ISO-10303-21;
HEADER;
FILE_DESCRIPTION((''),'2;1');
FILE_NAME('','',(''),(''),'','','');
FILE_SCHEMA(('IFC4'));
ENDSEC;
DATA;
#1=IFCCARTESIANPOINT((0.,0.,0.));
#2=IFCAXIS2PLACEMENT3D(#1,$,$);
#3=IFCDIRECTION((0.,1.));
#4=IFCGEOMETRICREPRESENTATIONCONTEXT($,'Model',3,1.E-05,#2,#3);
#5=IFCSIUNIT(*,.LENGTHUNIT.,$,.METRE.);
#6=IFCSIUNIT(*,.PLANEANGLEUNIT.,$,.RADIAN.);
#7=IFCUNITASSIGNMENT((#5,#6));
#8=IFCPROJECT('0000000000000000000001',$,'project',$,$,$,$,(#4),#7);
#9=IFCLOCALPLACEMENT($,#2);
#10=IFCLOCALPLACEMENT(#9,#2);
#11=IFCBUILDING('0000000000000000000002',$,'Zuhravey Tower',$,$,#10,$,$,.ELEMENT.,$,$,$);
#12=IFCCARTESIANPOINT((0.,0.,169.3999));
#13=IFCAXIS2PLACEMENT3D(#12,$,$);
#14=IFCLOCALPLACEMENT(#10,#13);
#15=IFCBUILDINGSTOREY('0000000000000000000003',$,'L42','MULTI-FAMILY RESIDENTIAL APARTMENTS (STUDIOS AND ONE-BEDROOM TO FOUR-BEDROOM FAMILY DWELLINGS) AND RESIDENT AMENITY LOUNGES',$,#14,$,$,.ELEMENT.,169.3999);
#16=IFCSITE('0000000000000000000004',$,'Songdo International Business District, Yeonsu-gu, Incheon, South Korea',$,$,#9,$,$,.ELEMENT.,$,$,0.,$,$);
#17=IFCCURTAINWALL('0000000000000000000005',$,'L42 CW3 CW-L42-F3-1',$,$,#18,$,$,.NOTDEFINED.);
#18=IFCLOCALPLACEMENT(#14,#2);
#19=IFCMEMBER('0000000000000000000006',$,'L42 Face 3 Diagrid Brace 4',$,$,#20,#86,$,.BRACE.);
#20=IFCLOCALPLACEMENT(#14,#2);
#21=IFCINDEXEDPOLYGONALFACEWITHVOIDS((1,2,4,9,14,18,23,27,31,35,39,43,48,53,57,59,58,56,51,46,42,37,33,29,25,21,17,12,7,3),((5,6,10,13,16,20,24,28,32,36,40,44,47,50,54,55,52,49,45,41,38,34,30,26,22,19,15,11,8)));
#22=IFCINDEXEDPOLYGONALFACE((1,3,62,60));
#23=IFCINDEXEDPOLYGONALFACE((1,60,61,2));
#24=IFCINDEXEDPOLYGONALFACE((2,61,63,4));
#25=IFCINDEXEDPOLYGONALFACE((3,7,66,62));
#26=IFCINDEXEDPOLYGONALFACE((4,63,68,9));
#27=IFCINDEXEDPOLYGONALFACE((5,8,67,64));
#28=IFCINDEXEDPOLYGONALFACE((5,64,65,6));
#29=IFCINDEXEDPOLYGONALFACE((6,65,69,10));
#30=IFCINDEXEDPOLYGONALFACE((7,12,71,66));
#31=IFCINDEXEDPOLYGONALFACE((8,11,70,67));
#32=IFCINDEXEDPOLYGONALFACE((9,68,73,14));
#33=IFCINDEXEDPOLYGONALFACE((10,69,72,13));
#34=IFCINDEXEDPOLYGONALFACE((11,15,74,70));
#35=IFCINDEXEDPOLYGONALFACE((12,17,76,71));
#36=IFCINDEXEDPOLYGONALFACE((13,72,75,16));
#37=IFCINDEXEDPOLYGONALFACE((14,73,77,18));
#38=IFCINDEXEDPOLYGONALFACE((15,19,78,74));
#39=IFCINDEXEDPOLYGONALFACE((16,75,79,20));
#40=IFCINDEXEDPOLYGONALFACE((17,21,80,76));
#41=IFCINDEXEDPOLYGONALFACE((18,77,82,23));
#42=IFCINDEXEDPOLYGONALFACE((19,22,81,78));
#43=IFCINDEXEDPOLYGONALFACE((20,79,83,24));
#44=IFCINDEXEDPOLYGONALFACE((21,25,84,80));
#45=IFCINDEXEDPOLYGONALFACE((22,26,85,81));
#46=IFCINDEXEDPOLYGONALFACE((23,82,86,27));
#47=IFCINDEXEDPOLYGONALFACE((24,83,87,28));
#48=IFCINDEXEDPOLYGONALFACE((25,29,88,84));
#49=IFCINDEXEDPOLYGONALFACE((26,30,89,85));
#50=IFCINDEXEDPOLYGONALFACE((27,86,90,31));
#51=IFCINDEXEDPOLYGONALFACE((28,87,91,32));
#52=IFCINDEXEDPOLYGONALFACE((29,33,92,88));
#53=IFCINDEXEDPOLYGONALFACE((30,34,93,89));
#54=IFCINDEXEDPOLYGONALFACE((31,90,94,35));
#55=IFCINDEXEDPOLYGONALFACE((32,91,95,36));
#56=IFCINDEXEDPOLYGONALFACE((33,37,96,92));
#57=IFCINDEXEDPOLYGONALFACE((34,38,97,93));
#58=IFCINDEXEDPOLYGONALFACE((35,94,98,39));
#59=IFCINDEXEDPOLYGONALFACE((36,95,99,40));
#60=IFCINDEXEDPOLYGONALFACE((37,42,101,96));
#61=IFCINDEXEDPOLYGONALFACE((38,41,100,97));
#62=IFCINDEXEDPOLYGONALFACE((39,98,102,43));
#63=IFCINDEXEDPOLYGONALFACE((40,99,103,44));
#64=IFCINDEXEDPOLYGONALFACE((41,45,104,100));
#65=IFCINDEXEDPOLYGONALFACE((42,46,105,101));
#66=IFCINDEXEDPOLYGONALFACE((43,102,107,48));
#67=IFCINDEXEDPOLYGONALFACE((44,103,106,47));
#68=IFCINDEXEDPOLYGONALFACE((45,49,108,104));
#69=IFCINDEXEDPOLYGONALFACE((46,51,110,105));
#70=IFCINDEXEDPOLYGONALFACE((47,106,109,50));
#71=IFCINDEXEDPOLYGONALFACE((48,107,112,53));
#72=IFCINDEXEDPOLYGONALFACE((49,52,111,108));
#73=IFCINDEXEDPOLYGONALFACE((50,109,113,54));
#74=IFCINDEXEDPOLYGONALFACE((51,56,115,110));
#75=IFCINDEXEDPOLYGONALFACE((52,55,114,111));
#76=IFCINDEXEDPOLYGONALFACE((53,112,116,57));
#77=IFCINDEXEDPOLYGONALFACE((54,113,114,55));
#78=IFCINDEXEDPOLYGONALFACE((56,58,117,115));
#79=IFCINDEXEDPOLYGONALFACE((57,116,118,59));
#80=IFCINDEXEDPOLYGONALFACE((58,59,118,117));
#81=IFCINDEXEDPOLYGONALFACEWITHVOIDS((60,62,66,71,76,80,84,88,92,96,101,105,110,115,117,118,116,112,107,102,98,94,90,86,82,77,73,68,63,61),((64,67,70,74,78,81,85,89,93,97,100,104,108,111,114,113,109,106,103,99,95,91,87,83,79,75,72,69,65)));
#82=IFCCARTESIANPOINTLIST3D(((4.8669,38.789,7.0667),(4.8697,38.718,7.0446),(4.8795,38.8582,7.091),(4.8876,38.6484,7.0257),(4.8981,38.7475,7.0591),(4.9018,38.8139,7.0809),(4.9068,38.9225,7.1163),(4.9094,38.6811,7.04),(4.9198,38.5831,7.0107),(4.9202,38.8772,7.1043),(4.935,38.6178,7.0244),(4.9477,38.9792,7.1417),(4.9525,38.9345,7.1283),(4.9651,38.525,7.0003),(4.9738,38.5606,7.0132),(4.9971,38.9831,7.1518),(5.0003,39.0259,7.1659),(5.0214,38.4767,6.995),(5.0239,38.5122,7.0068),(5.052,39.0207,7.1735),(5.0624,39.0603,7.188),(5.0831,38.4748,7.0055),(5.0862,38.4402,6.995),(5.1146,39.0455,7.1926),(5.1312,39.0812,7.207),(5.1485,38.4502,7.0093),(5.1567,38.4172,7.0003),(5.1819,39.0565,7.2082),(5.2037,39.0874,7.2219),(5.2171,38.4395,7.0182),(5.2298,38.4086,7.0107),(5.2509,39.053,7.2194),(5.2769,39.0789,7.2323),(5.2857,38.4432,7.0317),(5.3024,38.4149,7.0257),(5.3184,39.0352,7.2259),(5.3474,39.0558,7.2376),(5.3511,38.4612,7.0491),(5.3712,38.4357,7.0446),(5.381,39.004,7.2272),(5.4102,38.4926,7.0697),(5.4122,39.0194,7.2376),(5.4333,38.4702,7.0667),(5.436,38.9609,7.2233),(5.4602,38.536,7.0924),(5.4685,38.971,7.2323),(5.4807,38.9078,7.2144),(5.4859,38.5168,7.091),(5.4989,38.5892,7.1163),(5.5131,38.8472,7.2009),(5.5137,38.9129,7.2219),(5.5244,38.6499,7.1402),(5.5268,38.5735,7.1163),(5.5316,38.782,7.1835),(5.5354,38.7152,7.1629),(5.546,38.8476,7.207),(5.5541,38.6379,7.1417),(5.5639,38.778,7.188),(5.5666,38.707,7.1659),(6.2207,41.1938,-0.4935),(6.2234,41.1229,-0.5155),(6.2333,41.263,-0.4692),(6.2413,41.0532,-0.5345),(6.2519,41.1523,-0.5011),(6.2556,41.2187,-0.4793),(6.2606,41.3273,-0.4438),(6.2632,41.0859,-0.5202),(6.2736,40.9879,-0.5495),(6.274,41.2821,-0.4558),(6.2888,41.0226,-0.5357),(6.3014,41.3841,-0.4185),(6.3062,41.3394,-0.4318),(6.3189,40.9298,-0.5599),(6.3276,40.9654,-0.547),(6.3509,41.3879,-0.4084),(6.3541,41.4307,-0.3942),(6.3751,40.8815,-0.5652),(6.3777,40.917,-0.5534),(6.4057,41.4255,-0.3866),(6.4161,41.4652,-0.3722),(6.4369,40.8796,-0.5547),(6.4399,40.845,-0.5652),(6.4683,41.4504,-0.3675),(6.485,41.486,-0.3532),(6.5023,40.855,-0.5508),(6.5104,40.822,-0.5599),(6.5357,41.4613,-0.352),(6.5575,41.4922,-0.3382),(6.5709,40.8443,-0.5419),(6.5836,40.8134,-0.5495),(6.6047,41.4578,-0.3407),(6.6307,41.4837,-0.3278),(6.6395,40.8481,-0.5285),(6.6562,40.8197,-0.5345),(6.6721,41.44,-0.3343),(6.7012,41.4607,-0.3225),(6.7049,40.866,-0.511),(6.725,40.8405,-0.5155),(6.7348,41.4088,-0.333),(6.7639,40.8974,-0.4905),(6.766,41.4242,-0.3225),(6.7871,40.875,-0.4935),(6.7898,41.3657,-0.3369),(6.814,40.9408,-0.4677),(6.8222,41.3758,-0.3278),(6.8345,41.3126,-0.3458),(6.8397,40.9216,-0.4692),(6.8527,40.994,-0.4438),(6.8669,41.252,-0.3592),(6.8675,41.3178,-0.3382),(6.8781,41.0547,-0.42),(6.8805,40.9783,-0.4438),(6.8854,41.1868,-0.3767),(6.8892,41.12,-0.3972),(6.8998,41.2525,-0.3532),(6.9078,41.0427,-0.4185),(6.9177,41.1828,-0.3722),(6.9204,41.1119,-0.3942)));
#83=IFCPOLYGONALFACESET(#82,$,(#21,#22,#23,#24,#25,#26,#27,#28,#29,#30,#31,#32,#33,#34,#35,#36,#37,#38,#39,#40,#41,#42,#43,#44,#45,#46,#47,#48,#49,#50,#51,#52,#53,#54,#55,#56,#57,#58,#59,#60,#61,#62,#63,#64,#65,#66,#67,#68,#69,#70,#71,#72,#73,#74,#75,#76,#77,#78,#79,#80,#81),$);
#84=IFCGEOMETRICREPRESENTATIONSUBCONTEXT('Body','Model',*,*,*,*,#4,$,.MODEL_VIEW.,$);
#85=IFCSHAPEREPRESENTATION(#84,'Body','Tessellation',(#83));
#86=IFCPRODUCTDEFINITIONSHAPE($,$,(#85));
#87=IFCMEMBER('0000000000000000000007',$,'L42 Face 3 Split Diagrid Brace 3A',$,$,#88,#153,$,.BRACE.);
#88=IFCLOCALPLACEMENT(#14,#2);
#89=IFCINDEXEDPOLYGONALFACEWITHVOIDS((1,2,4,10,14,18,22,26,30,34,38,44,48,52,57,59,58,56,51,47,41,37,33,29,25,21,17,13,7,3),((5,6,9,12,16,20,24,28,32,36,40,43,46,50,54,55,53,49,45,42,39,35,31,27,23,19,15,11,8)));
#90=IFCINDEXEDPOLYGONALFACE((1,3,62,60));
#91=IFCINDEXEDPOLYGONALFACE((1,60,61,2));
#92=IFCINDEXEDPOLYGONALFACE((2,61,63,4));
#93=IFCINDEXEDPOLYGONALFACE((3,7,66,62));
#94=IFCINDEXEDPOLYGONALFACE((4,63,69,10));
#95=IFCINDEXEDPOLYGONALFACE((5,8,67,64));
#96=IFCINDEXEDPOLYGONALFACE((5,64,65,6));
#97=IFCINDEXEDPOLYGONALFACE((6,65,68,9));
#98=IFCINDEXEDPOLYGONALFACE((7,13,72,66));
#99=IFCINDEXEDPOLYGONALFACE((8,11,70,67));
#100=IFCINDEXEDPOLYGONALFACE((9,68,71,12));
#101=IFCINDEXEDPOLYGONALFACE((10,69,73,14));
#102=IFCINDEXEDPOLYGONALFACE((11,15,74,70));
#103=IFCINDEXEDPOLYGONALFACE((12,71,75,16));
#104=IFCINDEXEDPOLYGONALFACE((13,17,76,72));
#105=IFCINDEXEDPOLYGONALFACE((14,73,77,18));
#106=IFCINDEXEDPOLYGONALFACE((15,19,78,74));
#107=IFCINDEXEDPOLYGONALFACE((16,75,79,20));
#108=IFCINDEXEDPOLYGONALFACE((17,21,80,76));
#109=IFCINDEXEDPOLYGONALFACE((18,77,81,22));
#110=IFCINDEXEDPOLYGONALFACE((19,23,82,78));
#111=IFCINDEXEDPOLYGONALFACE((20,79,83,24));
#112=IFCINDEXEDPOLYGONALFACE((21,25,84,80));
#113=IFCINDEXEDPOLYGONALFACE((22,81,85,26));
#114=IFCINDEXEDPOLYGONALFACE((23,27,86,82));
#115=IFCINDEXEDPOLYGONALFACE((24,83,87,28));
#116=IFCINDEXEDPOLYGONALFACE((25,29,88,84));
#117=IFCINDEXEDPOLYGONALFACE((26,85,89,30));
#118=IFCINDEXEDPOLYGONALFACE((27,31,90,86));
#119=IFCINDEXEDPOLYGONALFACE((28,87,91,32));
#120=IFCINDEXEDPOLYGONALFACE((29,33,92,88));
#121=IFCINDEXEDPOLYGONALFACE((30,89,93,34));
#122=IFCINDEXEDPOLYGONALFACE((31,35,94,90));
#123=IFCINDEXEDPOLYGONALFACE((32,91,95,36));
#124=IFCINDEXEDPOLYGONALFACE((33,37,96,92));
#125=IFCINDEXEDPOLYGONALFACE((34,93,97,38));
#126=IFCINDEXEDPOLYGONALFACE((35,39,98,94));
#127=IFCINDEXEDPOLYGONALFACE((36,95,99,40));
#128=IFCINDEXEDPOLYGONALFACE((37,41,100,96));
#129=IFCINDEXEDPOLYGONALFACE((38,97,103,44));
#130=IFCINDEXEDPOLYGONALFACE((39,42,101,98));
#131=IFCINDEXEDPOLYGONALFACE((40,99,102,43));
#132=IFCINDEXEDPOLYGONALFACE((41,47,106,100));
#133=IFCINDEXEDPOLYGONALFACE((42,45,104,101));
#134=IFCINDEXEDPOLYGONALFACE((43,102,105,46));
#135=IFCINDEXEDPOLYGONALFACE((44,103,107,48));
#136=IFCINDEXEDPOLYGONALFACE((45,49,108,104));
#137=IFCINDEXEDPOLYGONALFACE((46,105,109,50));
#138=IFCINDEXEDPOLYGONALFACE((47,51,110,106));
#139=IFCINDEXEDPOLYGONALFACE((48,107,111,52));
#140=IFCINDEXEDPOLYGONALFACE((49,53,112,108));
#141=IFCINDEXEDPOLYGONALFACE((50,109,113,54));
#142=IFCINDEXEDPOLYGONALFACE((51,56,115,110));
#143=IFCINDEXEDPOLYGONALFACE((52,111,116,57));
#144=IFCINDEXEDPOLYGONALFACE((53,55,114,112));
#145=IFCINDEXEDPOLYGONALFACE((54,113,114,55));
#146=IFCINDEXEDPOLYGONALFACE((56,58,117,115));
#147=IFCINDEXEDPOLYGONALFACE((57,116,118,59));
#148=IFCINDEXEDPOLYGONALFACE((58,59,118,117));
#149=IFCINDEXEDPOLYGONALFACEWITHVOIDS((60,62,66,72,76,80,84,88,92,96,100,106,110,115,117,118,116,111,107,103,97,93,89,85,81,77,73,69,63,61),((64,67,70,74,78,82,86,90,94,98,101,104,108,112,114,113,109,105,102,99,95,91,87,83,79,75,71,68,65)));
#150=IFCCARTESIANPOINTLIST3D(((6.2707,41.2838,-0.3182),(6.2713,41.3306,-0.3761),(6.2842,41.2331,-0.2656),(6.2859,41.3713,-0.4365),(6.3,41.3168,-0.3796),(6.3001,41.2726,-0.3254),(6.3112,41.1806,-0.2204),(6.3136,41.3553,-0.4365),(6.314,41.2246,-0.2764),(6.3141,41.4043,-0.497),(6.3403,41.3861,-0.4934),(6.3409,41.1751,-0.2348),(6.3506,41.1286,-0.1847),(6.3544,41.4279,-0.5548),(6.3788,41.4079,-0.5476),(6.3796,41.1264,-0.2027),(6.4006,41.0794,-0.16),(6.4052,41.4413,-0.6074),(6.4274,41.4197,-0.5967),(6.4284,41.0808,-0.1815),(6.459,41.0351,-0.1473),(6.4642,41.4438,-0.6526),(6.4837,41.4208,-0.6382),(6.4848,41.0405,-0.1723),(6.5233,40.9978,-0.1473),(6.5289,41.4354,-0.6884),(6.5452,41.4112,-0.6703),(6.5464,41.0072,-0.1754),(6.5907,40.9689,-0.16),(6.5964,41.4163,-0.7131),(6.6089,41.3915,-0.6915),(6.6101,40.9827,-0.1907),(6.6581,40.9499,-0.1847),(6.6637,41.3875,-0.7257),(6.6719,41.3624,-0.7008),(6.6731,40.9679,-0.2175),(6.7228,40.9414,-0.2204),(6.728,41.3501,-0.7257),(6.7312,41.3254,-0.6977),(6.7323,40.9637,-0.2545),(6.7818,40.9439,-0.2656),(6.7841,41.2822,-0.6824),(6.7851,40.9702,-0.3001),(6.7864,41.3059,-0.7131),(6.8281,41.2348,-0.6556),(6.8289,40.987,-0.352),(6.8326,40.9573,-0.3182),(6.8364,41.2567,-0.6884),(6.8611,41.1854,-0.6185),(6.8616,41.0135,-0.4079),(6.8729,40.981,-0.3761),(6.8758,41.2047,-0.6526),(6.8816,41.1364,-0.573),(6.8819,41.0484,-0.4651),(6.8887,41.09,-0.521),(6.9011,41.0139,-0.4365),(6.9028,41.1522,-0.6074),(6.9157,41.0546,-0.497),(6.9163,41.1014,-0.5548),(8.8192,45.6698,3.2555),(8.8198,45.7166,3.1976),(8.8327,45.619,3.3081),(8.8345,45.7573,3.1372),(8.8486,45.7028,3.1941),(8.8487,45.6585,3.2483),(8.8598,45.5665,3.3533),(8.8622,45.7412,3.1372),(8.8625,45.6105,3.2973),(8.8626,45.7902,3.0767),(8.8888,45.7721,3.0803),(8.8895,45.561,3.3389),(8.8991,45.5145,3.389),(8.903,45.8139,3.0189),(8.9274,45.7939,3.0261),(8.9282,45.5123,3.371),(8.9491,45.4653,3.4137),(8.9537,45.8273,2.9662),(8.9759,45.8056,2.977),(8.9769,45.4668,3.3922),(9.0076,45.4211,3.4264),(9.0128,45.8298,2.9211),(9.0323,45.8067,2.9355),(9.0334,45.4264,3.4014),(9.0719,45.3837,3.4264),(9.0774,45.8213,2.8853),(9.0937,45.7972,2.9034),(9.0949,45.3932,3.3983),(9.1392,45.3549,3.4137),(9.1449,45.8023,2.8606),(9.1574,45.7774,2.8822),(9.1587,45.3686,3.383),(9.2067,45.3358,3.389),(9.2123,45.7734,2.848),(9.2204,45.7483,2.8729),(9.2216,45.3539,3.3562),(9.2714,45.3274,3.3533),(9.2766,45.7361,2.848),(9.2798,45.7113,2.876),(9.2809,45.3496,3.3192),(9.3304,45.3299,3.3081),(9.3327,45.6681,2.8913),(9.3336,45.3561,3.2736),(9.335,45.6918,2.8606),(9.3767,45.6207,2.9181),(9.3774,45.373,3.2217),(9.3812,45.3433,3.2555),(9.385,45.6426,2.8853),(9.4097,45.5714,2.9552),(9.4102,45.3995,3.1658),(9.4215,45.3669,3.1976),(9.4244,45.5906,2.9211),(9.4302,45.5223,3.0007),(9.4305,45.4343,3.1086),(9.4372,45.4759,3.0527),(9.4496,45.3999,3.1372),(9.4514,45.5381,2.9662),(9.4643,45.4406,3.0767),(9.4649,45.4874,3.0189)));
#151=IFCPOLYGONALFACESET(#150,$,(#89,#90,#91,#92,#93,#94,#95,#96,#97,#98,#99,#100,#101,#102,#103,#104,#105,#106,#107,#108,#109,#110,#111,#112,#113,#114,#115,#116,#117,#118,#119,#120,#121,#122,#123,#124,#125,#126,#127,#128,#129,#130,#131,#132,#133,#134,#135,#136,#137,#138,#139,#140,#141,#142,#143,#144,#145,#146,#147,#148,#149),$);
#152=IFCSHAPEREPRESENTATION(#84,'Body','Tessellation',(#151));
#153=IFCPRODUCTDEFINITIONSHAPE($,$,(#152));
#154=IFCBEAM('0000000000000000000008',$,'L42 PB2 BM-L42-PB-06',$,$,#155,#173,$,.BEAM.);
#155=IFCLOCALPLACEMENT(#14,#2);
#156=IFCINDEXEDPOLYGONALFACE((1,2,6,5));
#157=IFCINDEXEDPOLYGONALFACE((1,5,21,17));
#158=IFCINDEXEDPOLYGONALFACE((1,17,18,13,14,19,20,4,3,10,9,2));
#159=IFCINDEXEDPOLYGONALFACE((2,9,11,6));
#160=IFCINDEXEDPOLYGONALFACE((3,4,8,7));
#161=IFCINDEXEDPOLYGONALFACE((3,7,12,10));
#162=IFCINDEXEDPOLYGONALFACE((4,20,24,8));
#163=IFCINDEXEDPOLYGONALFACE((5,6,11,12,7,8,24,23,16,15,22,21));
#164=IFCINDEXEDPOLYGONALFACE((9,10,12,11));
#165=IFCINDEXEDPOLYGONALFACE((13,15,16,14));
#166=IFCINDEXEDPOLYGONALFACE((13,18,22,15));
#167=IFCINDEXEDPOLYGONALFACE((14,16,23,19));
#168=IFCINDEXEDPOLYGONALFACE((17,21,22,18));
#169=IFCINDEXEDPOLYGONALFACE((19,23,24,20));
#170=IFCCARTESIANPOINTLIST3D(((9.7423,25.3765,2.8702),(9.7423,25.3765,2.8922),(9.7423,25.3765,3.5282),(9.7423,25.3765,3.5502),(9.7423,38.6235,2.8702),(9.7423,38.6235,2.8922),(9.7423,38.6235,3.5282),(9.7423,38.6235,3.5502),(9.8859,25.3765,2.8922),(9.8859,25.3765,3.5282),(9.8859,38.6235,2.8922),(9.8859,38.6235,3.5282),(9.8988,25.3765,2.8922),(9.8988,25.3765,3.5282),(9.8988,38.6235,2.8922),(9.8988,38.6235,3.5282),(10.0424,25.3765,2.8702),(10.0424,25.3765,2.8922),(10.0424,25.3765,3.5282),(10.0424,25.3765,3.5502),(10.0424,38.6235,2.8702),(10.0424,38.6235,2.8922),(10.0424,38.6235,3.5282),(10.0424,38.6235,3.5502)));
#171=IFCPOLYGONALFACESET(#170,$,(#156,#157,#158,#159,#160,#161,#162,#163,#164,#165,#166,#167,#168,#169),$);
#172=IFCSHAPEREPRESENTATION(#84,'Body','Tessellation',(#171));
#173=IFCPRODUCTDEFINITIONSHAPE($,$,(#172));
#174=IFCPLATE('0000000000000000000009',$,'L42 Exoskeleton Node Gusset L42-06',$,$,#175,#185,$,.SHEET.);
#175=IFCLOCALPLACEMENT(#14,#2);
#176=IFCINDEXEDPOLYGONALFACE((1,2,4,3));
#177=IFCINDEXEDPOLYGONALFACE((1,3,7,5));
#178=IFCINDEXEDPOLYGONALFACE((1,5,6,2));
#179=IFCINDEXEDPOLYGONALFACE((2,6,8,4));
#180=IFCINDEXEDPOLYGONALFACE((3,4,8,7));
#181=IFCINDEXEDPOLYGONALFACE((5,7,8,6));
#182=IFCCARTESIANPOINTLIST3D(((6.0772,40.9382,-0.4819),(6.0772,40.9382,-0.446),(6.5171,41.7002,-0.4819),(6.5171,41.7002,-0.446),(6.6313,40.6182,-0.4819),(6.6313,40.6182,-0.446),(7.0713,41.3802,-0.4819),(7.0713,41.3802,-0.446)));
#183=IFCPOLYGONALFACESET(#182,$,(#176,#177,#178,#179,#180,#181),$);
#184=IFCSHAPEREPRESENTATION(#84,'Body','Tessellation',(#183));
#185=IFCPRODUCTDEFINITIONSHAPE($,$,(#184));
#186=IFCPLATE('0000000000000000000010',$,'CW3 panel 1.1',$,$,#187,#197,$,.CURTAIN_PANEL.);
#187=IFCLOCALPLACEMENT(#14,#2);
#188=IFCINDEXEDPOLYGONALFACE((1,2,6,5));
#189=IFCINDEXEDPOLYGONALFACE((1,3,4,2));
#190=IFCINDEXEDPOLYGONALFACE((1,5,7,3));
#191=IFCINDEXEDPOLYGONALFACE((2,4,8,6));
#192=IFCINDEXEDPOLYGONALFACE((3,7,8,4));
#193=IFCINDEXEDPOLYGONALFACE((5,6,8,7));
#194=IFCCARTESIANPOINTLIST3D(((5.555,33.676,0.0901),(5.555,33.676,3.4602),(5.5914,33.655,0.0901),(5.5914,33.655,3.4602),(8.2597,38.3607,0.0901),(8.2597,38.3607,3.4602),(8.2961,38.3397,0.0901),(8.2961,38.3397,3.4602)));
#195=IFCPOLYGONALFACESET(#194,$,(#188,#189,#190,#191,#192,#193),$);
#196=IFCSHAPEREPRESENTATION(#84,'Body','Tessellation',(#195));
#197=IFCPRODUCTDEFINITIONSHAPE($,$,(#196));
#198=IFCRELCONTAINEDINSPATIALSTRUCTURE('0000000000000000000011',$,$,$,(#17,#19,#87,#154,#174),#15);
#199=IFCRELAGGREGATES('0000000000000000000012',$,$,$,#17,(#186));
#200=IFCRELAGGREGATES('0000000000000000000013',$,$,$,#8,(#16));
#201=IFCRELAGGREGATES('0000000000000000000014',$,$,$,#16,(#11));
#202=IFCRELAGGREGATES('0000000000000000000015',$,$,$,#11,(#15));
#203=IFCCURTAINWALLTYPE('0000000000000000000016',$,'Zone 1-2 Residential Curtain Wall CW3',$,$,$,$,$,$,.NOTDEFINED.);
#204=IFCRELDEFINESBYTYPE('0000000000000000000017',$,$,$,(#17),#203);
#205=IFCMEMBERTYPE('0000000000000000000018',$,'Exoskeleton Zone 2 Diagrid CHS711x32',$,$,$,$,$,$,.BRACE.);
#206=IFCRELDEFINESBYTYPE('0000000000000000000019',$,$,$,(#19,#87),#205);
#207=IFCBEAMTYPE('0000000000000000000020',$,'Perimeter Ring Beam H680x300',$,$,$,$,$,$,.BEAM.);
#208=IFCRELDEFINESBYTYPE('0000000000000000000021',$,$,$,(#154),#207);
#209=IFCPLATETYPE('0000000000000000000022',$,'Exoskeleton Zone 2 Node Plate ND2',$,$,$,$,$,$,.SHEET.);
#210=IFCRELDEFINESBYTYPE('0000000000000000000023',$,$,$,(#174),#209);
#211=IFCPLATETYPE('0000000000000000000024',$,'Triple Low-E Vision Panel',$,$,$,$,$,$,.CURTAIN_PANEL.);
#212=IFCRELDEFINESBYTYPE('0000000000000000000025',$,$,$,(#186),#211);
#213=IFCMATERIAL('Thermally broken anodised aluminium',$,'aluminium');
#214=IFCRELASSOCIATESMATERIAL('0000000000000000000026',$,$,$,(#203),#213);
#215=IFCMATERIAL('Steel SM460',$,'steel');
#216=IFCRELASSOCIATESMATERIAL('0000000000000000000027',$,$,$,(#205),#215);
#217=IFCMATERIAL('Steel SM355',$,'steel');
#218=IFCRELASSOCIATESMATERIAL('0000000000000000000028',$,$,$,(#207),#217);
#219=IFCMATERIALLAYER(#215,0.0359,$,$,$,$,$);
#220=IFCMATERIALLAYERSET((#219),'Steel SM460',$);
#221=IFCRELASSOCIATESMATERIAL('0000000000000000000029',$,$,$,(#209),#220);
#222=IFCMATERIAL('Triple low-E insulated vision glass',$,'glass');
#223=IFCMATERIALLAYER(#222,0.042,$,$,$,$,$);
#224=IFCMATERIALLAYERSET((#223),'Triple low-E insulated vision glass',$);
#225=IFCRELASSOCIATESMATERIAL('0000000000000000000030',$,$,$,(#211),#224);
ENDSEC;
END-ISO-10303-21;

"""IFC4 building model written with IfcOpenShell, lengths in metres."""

from ifc_helpers import new_model, si_unit, direction, frame, origin, origin_2d, place, context, subcontext, project, spatial, rectangle, hollow_circle, i_section, extrude, material, layer, layer_set, material_profile, profile_set, type_object, element, aggregate, save


model = new_model("IFC4")

# Units and contexts
model_context = context("Model", 3, precision=1e-05, world=origin(), true_north=direction((0.0, 1.0)))
body_context = subcontext(model_context, "Body", "Model", "MODEL_VIEW")
ifc_project = project(units=[si_unit("LENGTHUNIT", "METRE"), si_unit("PLANEANGLEUNIT", "RADIAN")], contexts=[model_context])

# Site, building, storey
site_placement = place(None, origin())
site = spatial("IfcSite", under=ifc_project, at=site_placement, Name="Songdo International Business District, Yeonsu-gu, Incheon, South Korea", CompositionType="ELEMENT", RefElevation=0.0)
building_placement = place(site_placement, origin())
building = spatial("IfcBuilding", under=site, at=building_placement, Name="Zuhravey Tower", CompositionType="ELEMENT")
storey_placement = place(building_placement, frame((0.0, 0.0, 169.3999)))
storey = spatial("IfcBuildingStorey", under=building, at=storey_placement, Name="L42", Description="MULTI-FAMILY RESIDENTIAL APARTMENTS (STUDIOS AND ONE-BEDROOM TO FOUR-BEDROOM FAMILY DWELLINGS) AND RESIDENT AMENITY LOUNGES", CompositionType="ELEMENT", Elevation=169.3999)

# Curtain wall
ifc_material_1 = material(Name="Thermally broken anodised aluminium", Category="aluminium")
curtain_wall_type = type_object("IfcCurtainWallType", Name="Zone 1-2 Residential Curtain Wall CW3", PredefinedType="NOTDEFINED", material=ifc_material_1)
curtain_wall_placement = place(storey_placement, origin())
curtain_wall = element("IfcCurtainWall", 1, at=curtain_wall_placement, inside=storey, type_object=curtain_wall_type, Name="L42 CW3 CW-L42-F3-1", PredefinedType="NOTDEFINED")

# Members
ifc_material_2 = material(Name="Steel SM460", Category="steel")
ifc_material_profile_1 = material_profile(ifc_material_2, hollow_circle(Radius=0.3557, WallThickness=0.032, at=origin_2d()), Name="CHS-711.2x32")
ifc_profile_set_1 = profile_set([ifc_material_profile_1], Name="Steel SM460")
member_type_1 = type_object("IfcMemberType", Name="Exoskeleton Zone 2 Diagrid CHS711x32", PredefinedType="BRACE", material=ifc_profile_set_1)
member_1_placement = place(storey_placement, frame((6.5706, 41.1528, -0.4438), z_axis=(-0.168211, -0.298806, 0.939372), x_axis=(0.87141, -0.490555, 0.0)))
element("IfcMember", 2, at=member_1_placement, inside=storey, type_object=member_type_1, Name="L42 Face 3 Diagrid Brace 4", PredefinedType="BRACE", context=body_context, shape_type="SweptSolid", body=[
    extrude(hollow_circle(Radius=0.3557, WallThickness=0.032, at=origin_2d()), origin(), (0.0, 0.0, 1.0), 8.0481),
])
member_2_placement = place(storey_placement, frame((6.5935, 41.1926, -0.4365), z_axis=(0.410722, 0.706832, 0.575931), x_axis=(-0.864628, 0.502413, 0.0)))
element("IfcMember", 3, at=member_2_placement, inside=storey, type_object=member_type_1, Name="L42 Face 3 Split Diagrid Brace 3A", PredefinedType="BRACE", context=body_context, shape_type="SweptSolid", body=[
    extrude(hollow_circle(Radius=0.3557, WallThickness=0.032, at=origin_2d()), origin(), (0.0, 0.0, 1.0), 6.2051),
])

# Beam
ifc_material_3 = material(Name="Steel SM355", Category="steel")
ifc_material_profile_2 = material_profile(ifc_material_3, i_section(OverallWidth=0.3, OverallDepth=0.6799, WebThickness=0.0129, FlangeThickness=0.022, at=origin_2d()), Name="H-680x300x13x22")
ifc_profile_set_2 = profile_set([ifc_material_profile_2], Name="Steel SM355")
beam_type = type_object("IfcBeamType", Name="Perimeter Ring Beam H680x300", PredefinedType="BEAM", material=ifc_profile_set_2)
beam_placement = place(storey_placement, frame((9.8923, 38.6235, 3.2102), z_axis=(0.0, -1.0, 0.0), x_axis=(1.0, 0.0, 0.0)))
element("IfcBeam", 4, at=beam_placement, inside=storey, type_object=beam_type, Name="L42 PB2 BM-L42-PB-06", PredefinedType="BEAM", context=body_context, shape_type="SweptSolid", body=[
    extrude(i_section(OverallWidth=0.3, OverallDepth=0.6799, WebThickness=0.0129, FlangeThickness=0.022, at=origin_2d()), origin(), (0.0, 0.0, 1.0), 13.2471),
])

# Plates
ifc_layer_1 = layer(ifc_material_2, 0.0359)
ifc_layer_set_1 = layer_set([ifc_layer_1], Name="Steel SM460")
plate_type_1 = type_object("IfcPlateType", Name="Exoskeleton Zone 2 Node Plate ND2", PredefinedType="SHEET", material=ifc_layer_set_1)
plate_1_placement = place(storey_placement, frame((6.5742, 41.1592, -0.4819), z_axis=(0.0, 0.0, 1.0), x_axis=(-0.5, -0.866025, 0.0)))
element("IfcPlate", 5, at=plate_1_placement, inside=storey, type_object=plate_type_1, Name="L42 Exoskeleton Node Gusset L42-06", PredefinedType="SHEET", context=body_context, shape_type="SweptSolid", body=[
    extrude(rectangle(XDim=0.8799, YDim=0.6399, at=origin_2d()), origin(), (0.0, 0.0, 1.0), 0.0359),
])
ifc_material_4 = material(Name="Triple low-E insulated vision glass", Category="glass")
ifc_layer_2 = layer(ifc_material_4, 0.042)
ifc_layer_set_2 = layer_set([ifc_layer_2], Name="Triple low-E insulated vision glass")
plate_type_2 = type_object("IfcPlateType", Name="Triple Low-E Vision Panel", PredefinedType="CURTAIN_PANEL", material=ifc_layer_set_2)
plate_2_placement = place(storey_placement, frame((6.9255, 36.0078, 0.0901), z_axis=(0.0, 0.0, 1.0), x_axis=(0.5, 0.866025, 0.0)))
plate_2 = element("IfcPlate", 6, at=plate_2_placement, type_object=plate_type_2, Name="CW3 panel 1.1", PredefinedType="CURTAIN_PANEL", context=body_context, shape_type="SweptSolid", body=[
    extrude(rectangle(XDim=5.4094, YDim=0.042, at=origin_2d()), origin(), (0.0, 0.0, 1.0), 3.3701),
])
aggregate(curtain_wall, [plate_2])

save(model, "model.ifc")
